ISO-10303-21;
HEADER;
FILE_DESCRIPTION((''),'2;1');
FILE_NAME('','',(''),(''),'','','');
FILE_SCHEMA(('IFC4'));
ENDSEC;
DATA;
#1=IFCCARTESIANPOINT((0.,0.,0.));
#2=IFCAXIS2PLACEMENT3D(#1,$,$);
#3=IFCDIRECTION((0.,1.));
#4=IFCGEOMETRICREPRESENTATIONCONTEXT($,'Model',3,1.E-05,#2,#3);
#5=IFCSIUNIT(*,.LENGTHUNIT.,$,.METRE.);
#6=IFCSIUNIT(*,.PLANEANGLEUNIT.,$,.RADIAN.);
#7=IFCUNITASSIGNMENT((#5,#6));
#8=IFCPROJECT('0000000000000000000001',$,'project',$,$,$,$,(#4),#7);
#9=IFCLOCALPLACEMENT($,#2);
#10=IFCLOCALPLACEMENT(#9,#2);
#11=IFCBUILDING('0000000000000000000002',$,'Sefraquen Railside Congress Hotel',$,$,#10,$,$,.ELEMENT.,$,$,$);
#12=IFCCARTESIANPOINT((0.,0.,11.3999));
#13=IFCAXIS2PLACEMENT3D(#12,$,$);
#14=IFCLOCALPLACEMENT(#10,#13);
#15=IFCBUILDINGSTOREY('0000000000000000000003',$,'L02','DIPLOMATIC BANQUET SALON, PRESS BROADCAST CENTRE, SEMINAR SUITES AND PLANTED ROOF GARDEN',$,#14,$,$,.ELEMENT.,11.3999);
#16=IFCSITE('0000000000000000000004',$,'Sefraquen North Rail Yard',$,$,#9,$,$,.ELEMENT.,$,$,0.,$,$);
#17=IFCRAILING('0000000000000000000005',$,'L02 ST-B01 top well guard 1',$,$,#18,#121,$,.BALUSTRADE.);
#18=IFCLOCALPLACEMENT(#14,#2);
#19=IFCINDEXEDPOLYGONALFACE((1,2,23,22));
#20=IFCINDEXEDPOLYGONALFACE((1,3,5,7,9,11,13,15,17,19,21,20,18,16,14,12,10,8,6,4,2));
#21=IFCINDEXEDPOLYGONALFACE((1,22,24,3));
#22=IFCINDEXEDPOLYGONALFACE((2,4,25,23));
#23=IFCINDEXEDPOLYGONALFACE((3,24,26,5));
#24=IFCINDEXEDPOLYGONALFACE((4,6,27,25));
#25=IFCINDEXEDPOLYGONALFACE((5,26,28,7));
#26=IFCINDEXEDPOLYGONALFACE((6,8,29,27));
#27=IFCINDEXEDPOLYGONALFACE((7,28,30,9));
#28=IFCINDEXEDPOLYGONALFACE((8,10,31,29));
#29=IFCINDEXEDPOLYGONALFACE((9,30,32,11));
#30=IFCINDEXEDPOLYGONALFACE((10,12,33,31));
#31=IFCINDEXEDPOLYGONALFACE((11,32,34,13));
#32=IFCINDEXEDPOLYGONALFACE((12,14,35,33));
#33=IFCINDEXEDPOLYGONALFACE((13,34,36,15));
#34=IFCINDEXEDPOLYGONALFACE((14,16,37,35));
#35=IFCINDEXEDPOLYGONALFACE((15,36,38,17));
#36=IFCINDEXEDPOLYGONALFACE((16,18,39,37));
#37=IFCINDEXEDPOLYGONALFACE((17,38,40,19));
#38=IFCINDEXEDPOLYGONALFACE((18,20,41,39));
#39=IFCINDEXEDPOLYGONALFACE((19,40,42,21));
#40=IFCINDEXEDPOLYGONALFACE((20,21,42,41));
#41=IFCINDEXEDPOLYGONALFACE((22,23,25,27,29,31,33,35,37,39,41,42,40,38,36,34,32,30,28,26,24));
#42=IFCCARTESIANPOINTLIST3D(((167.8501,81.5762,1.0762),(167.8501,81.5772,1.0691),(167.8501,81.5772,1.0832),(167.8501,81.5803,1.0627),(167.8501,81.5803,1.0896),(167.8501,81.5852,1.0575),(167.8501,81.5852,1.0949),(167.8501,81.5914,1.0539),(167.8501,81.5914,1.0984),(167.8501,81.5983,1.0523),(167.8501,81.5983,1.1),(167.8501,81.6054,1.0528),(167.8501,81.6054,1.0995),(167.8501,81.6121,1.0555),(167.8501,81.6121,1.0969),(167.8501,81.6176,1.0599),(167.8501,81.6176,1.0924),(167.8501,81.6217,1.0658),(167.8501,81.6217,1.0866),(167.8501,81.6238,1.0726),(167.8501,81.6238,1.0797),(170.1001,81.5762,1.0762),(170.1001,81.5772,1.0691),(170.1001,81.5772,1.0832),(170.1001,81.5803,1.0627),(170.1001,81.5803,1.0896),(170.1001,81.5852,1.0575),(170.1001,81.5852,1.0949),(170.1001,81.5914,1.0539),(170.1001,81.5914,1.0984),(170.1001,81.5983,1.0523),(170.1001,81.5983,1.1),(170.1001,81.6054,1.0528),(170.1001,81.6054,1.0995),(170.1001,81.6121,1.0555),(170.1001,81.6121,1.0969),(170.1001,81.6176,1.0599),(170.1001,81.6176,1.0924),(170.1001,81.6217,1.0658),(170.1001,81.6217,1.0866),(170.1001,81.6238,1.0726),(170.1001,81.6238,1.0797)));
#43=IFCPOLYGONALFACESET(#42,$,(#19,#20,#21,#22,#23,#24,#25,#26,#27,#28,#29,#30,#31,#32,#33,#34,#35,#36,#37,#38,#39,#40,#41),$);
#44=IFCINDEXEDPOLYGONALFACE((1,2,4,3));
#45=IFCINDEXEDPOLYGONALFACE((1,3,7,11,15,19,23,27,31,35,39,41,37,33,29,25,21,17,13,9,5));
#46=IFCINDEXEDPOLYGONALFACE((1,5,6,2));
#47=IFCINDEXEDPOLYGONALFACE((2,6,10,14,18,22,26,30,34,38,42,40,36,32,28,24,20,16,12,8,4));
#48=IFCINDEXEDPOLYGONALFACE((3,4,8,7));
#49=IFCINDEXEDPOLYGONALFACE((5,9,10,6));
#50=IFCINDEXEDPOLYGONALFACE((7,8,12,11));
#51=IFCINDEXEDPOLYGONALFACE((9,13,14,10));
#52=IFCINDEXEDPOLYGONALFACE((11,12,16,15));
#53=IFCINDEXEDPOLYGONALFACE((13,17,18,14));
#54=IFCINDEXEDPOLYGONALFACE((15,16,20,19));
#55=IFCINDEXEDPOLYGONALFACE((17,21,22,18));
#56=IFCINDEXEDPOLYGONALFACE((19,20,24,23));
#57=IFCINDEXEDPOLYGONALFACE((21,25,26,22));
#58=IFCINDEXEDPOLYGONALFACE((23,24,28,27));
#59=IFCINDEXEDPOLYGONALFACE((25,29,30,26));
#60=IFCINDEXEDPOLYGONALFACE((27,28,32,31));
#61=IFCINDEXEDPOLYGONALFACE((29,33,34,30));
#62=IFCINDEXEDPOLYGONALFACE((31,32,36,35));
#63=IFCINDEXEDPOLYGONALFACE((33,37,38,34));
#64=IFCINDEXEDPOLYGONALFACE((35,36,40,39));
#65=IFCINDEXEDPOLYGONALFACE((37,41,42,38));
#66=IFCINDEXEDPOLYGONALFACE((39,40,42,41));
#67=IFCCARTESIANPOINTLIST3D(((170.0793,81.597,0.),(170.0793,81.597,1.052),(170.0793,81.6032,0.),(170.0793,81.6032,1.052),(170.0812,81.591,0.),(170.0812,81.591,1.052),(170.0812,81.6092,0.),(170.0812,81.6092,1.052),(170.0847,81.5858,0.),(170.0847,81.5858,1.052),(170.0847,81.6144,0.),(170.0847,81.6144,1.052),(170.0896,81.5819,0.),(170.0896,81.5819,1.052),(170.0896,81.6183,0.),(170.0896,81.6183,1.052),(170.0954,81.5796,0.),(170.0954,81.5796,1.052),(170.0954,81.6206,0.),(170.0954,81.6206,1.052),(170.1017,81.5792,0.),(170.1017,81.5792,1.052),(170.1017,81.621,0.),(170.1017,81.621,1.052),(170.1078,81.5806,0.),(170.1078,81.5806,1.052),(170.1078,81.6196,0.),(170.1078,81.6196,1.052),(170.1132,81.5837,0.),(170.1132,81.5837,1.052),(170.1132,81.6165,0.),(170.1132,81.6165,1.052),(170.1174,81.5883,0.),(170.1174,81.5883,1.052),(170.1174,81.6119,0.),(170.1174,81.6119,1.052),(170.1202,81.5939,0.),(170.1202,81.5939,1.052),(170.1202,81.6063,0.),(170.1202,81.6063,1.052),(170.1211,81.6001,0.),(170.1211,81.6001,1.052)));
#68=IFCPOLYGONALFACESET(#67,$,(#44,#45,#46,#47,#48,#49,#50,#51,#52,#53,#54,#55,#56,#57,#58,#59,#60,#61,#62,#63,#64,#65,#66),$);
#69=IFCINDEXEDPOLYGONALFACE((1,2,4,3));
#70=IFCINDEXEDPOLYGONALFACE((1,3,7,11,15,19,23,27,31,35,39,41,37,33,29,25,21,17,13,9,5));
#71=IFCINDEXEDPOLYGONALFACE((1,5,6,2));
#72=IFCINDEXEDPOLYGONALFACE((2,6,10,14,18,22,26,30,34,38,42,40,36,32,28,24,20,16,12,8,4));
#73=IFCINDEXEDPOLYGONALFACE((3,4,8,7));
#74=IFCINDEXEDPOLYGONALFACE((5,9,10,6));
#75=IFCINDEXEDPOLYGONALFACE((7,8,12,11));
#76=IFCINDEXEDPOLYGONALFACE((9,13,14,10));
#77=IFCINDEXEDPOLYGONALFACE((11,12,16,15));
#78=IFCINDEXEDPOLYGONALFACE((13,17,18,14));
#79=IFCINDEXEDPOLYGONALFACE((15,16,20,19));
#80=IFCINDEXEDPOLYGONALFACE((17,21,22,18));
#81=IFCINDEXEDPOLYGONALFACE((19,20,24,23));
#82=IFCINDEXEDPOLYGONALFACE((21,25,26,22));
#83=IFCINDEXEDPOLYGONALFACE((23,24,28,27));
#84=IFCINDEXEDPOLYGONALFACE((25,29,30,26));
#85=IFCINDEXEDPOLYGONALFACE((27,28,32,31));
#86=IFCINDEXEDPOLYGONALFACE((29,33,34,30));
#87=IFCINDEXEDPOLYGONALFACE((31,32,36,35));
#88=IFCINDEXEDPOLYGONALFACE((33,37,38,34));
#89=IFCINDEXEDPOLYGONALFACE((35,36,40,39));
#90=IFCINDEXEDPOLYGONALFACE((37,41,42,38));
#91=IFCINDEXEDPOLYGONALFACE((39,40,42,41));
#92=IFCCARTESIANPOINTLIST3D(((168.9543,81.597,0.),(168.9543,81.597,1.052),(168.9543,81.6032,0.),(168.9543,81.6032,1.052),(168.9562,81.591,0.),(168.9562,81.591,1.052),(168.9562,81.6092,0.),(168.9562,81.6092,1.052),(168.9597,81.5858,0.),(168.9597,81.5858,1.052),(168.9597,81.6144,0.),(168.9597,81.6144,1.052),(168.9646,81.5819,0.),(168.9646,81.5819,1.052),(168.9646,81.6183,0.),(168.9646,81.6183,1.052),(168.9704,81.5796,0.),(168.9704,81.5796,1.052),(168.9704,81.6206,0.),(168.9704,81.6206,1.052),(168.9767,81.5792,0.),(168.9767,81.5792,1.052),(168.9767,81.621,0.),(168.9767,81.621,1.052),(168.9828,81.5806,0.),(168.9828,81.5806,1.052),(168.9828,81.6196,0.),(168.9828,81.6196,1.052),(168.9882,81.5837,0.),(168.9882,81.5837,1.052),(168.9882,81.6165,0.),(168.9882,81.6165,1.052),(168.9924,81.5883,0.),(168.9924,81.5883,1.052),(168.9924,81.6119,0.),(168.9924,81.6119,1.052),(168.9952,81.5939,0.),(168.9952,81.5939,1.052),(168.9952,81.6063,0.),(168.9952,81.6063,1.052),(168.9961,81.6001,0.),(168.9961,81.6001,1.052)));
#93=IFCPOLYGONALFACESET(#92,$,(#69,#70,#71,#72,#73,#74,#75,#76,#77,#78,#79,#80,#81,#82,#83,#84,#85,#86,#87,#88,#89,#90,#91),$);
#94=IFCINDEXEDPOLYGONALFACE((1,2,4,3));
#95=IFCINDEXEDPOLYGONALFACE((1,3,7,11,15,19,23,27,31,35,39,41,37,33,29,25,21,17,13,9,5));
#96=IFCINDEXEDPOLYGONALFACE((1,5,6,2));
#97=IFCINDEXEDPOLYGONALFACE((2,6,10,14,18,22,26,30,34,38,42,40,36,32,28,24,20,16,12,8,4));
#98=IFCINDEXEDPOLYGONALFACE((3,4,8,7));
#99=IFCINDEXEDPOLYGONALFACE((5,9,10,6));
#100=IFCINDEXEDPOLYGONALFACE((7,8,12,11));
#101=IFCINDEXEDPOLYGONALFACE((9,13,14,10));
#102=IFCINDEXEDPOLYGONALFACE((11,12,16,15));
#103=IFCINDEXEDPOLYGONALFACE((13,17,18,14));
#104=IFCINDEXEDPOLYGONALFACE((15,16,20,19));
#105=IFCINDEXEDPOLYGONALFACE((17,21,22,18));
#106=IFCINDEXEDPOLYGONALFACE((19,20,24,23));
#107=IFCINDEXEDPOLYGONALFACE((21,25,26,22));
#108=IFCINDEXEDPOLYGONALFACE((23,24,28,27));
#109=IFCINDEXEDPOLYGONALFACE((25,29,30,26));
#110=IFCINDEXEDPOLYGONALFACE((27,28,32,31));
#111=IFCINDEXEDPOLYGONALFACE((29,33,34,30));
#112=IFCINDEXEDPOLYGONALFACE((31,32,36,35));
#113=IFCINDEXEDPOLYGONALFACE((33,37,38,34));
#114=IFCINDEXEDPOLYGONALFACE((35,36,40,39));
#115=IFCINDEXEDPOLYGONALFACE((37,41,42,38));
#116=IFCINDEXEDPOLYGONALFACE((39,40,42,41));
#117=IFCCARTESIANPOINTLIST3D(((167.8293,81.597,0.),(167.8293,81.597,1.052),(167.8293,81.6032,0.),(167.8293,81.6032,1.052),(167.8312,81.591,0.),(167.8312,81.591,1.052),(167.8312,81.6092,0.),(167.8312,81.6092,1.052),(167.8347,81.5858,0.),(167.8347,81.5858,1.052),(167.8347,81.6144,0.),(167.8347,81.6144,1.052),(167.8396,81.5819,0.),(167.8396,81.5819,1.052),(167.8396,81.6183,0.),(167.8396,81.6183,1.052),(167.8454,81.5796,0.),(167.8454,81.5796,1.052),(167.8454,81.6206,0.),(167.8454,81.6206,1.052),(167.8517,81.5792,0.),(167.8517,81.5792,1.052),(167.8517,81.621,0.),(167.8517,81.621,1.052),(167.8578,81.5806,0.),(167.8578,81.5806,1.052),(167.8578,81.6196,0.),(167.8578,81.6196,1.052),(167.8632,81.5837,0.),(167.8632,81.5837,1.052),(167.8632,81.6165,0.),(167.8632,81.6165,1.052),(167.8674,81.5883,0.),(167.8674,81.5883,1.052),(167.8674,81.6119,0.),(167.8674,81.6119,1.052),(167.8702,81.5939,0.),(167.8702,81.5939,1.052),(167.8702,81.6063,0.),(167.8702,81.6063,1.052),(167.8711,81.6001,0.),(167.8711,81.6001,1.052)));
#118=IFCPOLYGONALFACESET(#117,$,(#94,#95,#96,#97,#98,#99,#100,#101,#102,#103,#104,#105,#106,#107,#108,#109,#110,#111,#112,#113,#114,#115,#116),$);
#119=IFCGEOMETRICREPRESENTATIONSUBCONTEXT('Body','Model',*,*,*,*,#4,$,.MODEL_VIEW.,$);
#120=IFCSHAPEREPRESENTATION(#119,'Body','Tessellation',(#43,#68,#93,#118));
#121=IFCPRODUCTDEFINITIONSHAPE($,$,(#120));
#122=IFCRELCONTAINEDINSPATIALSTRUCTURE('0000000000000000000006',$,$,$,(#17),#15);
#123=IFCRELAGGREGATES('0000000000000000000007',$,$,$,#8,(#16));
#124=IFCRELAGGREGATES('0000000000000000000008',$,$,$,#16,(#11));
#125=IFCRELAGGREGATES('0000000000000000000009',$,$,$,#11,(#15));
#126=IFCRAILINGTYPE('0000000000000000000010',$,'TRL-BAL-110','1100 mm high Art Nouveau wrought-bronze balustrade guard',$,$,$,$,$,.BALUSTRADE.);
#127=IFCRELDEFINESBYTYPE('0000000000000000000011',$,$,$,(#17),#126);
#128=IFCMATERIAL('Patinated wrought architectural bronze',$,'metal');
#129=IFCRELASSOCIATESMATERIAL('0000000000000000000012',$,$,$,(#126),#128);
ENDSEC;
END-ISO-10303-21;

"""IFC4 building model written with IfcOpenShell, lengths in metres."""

from ifc_helpers import new_model, si_unit, direction, frame, origin, origin_2d, place, context, subcontext, project, spatial, circle, extrude, material, type_object, element, save


model = new_model("IFC4")

# Units and contexts
model_context = context("Model", 3, precision=1e-05, world=origin(), true_north=direction((0.0, 1.0)))
body_context = subcontext(model_context, "Body", "Model", "MODEL_VIEW")
ifc_project = project(units=[si_unit("LENGTHUNIT", "METRE"), si_unit("PLANEANGLEUNIT", "RADIAN")], contexts=[model_context])

# Site, building, storey
site_placement = place(None, origin())
site = spatial("IfcSite", under=ifc_project, at=site_placement, Name="Sefraquen North Rail Yard", CompositionType="ELEMENT", RefElevation=0.0)
building_placement = place(site_placement, origin())
building = spatial("IfcBuilding", under=site, at=building_placement, Name="Sefraquen Railside Congress Hotel", CompositionType="ELEMENT")
storey_placement = place(building_placement, frame((0.0, 0.0, 11.3999)))
storey = spatial("IfcBuildingStorey", under=building, at=storey_placement, Name="L02", Description="DIPLOMATIC BANQUET SALON, PRESS BROADCAST CENTRE, SEMINAR SUITES AND PLANTED ROOF GARDEN", CompositionType="ELEMENT", Elevation=11.3999)

# Railing
ifc_material_1 = material(Name="Patinated wrought architectural bronze", Category="metal")
railing_type = type_object("IfcRailingType", Name="TRL-BAL-110", Description="1100 mm high Art Nouveau wrought-bronze balustrade guard", PredefinedType="BALUSTRADE", material=ifc_material_1)
railing_placement = place(storey_placement, frame((170.1001, 81.6001, 0.0)))
element("IfcRailing", 1, at=railing_placement, inside=storey, type_object=railing_type, Name="L02 ST-B01 top well guard 1", PredefinedType="BALUSTRADE", context=body_context, shape_type="SweptSolid", body=[
    extrude(circle(Radius=0.0239, at=origin_2d()), frame((0.0, 0.0, 1.0762), z_axis=(-1.0, 0.0, 0.0), x_axis=(0.0, -1.0, 0.0)), (0.0, 0.0, 1.0), 2.25),
    extrude(circle(Radius=0.021, at=origin_2d()), origin(), (0.0, 0.0, 1.0), 1.052),
    extrude(circle(Radius=0.021, at=origin_2d()), frame((-1.125, 0.0, 0.0)), (0.0, 0.0, 1.0), 1.052),
    extrude(circle(Radius=0.021, at=origin_2d()), frame((-2.25, 0.0, 0.0)), (0.0, 0.0, 1.0), 1.052),
])

save(model, "model.ifc")
